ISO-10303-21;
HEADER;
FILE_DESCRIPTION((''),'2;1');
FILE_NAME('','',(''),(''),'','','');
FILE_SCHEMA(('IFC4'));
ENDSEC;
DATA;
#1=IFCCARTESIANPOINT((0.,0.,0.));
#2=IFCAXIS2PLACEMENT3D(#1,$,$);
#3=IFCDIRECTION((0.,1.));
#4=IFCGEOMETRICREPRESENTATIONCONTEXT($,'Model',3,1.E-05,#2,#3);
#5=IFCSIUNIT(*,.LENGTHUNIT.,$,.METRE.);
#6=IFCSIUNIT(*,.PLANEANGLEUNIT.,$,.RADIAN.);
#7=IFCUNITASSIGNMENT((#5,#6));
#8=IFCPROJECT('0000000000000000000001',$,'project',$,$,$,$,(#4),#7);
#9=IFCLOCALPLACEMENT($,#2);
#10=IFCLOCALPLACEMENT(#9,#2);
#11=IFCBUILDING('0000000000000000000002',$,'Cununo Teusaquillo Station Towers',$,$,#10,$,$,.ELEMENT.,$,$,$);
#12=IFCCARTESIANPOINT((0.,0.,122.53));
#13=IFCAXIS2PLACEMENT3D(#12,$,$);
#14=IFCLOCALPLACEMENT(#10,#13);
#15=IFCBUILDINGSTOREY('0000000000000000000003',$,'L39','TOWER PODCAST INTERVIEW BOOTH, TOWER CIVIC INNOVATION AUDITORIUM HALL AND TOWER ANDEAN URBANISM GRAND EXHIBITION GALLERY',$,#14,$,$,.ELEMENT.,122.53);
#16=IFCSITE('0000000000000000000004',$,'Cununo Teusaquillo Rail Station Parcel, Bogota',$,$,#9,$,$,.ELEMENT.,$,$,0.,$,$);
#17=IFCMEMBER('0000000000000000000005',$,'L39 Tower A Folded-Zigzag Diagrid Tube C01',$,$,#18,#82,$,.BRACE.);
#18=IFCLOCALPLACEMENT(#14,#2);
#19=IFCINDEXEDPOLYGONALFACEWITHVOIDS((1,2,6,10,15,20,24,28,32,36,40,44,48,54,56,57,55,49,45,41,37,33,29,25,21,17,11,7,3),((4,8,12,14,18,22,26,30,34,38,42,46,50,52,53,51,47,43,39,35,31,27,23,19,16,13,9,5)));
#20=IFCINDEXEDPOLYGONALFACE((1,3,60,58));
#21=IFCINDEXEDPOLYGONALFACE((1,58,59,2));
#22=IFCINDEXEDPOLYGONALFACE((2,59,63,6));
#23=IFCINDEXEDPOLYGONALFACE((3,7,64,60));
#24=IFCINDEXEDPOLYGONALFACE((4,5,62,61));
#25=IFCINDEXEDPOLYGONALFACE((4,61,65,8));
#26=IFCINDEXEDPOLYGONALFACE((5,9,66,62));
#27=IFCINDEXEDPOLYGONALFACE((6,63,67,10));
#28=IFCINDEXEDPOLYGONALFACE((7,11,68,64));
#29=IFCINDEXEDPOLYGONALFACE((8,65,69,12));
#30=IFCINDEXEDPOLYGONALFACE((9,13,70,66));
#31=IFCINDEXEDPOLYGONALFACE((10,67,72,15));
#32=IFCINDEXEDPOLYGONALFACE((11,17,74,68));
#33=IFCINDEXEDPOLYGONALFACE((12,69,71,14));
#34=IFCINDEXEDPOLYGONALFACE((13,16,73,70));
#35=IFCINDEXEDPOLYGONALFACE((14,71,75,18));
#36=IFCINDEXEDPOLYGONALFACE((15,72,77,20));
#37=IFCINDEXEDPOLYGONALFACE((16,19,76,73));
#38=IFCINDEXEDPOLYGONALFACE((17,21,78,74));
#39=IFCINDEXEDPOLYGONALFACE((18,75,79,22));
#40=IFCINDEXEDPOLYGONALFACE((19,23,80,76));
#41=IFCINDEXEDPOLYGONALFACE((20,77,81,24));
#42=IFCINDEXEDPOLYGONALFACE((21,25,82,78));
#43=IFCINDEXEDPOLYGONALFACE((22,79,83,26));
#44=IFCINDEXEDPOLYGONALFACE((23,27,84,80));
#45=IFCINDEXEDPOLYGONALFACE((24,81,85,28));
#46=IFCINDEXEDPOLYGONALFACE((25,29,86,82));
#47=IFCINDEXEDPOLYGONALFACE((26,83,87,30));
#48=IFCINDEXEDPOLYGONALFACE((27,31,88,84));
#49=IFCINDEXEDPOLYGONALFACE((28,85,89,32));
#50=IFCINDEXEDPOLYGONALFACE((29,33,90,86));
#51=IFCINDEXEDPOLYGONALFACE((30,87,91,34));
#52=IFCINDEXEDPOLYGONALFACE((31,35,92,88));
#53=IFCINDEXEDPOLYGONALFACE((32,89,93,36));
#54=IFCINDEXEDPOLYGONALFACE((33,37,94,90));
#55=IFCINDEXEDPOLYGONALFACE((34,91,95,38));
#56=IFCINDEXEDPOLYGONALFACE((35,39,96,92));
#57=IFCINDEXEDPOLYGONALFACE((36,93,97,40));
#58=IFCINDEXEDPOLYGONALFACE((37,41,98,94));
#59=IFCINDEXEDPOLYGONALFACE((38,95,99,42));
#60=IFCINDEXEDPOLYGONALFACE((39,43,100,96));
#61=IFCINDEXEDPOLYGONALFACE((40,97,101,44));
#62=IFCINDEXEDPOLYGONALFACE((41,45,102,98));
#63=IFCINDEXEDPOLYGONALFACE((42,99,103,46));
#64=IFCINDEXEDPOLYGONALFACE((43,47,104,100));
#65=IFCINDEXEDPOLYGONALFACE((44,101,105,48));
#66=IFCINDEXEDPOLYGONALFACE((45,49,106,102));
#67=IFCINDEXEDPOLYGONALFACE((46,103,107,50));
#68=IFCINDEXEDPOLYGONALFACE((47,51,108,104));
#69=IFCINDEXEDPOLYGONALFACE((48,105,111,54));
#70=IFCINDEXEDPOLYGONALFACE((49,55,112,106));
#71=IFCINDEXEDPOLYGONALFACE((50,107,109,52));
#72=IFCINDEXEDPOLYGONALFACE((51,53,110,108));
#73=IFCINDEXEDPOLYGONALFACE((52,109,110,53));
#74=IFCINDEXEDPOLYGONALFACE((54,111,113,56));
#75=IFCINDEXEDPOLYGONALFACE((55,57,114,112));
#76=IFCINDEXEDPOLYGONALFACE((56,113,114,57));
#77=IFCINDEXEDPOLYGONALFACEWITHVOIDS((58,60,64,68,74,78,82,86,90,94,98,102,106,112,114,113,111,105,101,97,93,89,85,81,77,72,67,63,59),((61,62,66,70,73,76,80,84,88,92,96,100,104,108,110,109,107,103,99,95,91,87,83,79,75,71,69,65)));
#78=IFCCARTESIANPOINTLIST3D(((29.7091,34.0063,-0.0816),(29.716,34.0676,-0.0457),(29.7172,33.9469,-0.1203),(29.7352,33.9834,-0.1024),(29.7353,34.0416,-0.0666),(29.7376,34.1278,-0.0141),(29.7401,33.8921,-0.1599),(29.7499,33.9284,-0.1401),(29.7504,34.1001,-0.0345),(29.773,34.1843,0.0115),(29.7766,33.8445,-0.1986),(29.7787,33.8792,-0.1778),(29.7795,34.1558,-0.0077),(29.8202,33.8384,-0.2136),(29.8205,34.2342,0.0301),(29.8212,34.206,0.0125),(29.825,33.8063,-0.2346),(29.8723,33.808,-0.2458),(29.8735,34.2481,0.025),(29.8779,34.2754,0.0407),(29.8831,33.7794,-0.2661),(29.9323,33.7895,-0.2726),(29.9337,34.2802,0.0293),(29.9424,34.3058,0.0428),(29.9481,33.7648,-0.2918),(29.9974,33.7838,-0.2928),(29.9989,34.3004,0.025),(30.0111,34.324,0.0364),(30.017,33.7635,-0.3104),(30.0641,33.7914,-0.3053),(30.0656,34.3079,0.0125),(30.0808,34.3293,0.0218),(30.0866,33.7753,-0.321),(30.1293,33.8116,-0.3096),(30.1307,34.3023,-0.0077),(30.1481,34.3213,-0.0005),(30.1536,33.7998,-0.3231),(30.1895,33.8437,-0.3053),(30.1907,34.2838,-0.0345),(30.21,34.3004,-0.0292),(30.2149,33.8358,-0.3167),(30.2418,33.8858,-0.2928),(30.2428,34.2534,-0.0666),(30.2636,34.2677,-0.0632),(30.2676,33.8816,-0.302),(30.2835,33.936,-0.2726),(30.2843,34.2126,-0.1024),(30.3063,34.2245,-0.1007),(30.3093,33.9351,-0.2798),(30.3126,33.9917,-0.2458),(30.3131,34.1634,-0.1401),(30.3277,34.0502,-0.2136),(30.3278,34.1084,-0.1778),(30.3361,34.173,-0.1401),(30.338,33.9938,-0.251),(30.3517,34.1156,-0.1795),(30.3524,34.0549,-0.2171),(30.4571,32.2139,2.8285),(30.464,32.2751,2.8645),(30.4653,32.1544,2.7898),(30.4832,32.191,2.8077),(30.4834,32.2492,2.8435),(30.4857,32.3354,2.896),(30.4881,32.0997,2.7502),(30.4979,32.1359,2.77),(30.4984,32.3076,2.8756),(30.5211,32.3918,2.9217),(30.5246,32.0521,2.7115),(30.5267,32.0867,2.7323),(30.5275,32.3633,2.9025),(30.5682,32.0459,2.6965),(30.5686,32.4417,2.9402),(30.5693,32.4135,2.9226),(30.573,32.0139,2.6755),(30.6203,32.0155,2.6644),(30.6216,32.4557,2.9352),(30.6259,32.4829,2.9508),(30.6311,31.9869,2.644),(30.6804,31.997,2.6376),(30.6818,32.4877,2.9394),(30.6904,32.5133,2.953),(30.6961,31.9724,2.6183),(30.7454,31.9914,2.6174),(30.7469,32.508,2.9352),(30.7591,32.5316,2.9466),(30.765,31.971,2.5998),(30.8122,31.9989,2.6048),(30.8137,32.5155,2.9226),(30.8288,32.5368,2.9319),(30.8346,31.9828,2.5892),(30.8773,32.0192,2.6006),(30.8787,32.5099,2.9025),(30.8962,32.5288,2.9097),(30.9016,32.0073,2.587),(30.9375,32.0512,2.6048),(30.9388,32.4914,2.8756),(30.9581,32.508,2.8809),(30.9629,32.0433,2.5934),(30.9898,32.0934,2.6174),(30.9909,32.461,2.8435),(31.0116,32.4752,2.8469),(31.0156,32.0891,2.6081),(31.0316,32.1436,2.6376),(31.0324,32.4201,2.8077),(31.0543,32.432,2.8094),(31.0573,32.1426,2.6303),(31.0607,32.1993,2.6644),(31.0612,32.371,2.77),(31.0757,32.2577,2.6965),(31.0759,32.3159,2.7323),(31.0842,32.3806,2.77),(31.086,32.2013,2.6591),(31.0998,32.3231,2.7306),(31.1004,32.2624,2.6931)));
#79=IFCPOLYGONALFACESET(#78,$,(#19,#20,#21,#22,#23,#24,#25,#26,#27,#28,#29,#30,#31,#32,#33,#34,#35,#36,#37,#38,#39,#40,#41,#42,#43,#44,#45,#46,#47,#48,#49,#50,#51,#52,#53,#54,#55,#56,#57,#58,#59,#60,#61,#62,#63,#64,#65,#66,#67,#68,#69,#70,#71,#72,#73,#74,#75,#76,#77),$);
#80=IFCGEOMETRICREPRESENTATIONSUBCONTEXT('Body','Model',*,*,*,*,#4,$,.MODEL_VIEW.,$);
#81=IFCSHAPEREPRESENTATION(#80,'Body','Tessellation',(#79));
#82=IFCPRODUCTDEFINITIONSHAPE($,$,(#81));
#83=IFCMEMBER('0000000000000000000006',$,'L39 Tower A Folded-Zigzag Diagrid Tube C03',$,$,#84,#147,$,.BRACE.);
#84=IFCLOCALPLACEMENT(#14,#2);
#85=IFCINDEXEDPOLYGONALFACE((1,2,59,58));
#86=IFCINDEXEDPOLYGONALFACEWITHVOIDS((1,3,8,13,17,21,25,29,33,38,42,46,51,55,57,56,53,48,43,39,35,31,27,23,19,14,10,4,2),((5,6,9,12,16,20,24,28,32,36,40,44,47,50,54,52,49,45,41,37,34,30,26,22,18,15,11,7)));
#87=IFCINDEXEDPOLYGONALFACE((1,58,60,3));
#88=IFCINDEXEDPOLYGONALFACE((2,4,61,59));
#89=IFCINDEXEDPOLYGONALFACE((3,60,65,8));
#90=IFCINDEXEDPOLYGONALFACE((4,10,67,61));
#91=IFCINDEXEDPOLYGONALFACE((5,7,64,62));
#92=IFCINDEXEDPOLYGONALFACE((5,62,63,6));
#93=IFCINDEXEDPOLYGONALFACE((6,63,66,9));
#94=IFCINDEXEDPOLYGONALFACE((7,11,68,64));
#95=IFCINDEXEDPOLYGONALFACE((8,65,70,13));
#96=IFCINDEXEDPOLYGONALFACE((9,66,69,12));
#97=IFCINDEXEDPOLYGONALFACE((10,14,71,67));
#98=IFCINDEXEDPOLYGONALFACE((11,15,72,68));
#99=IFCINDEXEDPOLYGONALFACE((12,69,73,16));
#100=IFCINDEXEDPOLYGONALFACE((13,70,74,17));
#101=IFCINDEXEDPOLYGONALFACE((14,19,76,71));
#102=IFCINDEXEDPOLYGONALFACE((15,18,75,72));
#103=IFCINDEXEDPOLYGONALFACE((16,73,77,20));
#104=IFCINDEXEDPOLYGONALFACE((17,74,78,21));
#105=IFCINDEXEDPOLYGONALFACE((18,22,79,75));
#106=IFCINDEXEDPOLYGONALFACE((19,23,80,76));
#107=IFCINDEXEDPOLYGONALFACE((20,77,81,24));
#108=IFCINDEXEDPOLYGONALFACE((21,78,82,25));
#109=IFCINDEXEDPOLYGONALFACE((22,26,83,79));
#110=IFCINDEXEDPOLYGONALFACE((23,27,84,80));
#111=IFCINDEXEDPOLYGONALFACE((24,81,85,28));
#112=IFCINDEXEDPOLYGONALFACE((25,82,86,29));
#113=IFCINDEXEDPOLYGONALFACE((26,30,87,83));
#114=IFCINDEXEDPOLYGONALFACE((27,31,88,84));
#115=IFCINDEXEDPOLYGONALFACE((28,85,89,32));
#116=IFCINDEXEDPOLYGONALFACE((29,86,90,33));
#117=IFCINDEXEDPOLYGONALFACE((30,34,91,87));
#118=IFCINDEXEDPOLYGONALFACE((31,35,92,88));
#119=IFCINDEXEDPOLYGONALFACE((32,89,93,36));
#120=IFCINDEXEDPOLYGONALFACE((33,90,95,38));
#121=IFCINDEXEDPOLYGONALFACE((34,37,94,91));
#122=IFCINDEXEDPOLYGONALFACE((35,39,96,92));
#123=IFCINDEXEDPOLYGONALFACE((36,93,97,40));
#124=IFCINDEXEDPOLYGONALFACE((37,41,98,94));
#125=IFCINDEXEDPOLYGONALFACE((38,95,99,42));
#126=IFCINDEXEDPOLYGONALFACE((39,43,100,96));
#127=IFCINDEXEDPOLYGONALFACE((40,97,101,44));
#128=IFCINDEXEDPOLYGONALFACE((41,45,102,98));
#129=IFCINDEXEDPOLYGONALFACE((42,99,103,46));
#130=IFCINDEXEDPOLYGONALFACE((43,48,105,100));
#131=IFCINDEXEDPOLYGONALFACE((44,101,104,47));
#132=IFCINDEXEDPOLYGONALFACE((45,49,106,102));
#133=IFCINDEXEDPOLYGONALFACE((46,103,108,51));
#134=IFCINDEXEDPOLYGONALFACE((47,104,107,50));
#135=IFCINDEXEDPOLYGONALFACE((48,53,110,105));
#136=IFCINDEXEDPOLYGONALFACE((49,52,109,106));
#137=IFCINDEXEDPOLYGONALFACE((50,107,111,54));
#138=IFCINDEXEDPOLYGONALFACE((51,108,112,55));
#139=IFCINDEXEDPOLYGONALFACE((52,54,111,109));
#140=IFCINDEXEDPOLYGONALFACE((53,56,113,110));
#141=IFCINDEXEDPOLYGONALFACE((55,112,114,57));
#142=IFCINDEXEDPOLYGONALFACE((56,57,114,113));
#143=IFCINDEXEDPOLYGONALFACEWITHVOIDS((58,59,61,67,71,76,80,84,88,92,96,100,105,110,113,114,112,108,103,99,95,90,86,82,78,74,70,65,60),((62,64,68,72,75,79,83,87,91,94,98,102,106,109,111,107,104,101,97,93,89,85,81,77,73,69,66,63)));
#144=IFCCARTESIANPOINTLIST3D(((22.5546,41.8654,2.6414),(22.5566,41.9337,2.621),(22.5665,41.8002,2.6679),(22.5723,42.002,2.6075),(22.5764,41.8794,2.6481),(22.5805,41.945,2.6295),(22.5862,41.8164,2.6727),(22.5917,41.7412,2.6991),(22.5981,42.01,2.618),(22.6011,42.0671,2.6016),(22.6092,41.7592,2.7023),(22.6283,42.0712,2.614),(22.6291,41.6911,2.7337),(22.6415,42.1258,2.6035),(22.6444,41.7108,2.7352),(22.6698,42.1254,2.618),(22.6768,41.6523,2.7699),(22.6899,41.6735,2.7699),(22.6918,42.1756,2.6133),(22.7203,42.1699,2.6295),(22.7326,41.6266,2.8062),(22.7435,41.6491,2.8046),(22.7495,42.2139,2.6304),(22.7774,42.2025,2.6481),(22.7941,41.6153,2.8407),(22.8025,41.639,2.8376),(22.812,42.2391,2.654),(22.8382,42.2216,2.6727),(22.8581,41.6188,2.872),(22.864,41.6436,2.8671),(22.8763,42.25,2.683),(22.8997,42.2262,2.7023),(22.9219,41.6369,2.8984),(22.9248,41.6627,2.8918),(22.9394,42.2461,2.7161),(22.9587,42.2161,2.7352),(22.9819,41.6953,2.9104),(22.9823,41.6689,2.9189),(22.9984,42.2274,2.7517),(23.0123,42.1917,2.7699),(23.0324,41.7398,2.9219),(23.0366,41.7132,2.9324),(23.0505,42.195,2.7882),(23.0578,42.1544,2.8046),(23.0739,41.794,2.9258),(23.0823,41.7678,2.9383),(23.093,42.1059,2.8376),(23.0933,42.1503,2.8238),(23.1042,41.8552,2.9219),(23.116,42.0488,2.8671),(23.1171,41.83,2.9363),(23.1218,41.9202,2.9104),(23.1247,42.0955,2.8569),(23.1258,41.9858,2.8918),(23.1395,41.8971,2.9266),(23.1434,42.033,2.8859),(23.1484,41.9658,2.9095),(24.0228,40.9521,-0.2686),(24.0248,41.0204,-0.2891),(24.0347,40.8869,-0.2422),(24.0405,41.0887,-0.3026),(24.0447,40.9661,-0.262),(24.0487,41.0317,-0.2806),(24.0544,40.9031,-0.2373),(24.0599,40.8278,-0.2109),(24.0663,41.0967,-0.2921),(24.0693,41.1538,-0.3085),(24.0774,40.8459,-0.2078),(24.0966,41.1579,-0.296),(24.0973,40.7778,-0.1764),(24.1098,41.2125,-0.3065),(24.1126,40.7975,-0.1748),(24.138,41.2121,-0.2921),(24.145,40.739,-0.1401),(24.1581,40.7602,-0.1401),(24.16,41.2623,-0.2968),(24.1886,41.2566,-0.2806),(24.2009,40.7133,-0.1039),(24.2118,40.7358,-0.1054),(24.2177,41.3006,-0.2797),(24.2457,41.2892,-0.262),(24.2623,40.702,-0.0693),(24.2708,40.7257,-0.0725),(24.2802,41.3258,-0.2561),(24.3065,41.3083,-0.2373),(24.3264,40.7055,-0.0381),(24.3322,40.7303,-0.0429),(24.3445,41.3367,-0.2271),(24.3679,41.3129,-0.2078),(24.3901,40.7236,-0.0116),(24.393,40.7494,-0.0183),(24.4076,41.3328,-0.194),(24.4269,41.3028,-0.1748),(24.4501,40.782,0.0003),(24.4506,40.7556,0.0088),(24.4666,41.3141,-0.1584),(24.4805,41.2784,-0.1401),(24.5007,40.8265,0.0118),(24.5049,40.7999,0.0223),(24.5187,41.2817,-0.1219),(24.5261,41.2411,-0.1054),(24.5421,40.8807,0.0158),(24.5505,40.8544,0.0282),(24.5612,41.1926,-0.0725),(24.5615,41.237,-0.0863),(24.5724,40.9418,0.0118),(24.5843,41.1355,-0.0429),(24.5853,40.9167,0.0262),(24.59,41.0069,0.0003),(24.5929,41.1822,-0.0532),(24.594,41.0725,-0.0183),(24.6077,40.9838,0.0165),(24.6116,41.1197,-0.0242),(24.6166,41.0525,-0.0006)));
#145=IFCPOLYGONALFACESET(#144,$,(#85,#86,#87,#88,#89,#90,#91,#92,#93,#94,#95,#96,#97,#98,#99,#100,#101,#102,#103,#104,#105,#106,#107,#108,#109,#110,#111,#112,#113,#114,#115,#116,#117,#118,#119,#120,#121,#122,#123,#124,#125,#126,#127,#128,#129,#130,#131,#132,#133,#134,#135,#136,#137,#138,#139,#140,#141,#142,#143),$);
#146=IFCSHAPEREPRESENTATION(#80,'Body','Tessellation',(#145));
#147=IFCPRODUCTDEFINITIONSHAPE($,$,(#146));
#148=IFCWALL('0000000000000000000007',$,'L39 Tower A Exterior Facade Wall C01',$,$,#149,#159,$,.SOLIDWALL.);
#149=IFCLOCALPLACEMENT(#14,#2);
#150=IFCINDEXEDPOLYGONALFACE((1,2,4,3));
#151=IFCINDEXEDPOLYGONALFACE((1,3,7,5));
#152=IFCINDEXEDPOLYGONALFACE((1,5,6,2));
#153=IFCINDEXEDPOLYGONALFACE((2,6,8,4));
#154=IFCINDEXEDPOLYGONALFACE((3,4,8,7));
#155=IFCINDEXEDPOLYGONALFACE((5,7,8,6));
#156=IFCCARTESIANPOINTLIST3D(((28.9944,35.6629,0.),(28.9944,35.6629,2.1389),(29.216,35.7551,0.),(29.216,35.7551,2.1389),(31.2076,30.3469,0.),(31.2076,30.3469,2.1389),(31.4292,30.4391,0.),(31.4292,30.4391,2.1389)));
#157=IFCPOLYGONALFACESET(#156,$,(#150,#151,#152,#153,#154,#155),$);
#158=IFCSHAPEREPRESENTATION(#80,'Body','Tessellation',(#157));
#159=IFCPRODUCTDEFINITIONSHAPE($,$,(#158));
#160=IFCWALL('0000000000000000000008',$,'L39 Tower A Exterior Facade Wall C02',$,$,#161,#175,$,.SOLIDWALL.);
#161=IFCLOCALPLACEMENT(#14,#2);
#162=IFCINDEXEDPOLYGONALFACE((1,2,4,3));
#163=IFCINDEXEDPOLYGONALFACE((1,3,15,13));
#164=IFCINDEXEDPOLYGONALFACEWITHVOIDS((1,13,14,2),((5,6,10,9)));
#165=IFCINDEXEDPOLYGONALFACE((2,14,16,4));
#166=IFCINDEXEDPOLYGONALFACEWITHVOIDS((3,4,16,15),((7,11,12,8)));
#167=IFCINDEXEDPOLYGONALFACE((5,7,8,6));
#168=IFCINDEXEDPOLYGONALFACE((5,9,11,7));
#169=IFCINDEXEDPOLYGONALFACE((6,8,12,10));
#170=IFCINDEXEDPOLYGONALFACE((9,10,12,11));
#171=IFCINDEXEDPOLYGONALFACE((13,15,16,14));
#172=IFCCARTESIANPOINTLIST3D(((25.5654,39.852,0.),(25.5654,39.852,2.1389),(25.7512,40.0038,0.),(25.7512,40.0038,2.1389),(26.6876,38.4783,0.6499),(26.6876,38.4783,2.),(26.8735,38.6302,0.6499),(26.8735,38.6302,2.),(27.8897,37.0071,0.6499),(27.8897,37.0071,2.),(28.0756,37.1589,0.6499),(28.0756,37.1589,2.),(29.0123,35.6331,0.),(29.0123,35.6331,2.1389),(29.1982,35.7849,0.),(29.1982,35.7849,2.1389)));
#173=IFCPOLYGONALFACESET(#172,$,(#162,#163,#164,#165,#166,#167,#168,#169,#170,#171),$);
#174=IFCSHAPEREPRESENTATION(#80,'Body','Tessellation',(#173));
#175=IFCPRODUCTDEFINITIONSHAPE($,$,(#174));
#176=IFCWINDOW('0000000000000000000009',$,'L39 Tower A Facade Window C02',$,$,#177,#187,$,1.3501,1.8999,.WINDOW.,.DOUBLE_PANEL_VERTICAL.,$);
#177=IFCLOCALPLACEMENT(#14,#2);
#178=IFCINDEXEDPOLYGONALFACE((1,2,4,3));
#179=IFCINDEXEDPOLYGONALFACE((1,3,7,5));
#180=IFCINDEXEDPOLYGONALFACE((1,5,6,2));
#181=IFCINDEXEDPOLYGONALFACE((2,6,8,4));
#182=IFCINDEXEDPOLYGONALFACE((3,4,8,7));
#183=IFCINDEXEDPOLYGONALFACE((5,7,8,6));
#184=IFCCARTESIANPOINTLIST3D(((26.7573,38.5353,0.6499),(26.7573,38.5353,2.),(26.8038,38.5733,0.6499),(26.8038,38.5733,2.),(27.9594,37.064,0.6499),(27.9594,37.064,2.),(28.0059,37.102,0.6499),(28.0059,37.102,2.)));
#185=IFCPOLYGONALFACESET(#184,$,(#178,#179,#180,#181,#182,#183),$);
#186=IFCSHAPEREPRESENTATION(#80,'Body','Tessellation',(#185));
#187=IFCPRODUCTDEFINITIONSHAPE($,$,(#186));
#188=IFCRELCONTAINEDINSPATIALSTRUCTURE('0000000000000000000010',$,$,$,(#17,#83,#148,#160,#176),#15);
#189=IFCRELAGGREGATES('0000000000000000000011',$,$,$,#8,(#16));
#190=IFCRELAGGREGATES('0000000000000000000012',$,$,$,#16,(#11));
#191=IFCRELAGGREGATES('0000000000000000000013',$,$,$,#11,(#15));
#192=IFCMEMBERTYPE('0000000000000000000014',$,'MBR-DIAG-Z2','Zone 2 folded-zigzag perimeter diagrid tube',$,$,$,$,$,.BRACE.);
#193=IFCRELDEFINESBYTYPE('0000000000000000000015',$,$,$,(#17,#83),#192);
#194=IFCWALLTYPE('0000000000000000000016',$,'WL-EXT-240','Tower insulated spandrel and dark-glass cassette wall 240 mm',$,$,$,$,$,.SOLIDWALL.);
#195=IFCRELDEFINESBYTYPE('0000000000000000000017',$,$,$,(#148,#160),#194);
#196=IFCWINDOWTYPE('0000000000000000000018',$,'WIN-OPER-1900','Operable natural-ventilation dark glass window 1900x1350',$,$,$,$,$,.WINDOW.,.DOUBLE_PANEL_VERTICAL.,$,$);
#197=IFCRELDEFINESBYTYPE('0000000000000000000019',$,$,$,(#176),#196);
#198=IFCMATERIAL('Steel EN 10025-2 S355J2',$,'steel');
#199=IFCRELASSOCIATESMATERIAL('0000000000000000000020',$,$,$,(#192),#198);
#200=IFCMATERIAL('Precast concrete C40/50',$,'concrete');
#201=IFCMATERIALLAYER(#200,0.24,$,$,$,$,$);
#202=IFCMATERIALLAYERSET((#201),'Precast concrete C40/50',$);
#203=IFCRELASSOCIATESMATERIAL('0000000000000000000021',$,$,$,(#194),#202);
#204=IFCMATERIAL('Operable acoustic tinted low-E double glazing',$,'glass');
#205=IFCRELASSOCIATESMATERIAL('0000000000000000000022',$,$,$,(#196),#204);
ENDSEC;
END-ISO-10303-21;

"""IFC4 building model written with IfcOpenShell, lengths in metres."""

from ifc_helpers import new_model, si_unit, direction, frame, frame_2d, origin, origin_2d, place, context, subcontext, project, spatial, rectangle, hollow_circle, extrude, source, transform, mapped, material, layer, layer_set, material_profile, profile_set, type_object, element, fill, save


model = new_model("IFC4")

# Units and contexts
model_context = context("Model", 3, precision=1e-05, world=origin(), true_north=direction((0.0, 1.0)))
body_context = subcontext(model_context, "Body", "Model", "MODEL_VIEW")
ifc_project = project(units=[si_unit("LENGTHUNIT", "METRE"), si_unit("PLANEANGLEUNIT", "RADIAN")], contexts=[model_context])

# Site, building, storey
site_placement = place(None, origin())
site = spatial("IfcSite", under=ifc_project, at=site_placement, Name="Cununo Teusaquillo Rail Station Parcel, Bogota", CompositionType="ELEMENT", RefElevation=0.0)
building_placement = place(site_placement, origin())
building = spatial("IfcBuilding", under=site, at=building_placement, Name="Cununo Teusaquillo Station Towers", CompositionType="ELEMENT")
storey_placement = place(building_placement, frame((0.0, 0.0, 122.53)))
storey = spatial("IfcBuildingStorey", under=building, at=storey_placement, Name="L39", Description="TOWER PODCAST INTERVIEW BOOTH, TOWER CIVIC INNOVATION AUDITORIUM HALL AND TOWER ANDEAN URBANISM GRAND EXHIBITION GALLERY", CompositionType="ELEMENT", Elevation=122.53)

# Members
ifc_material_1 = material(Name="Steel EN 10025-2 S355J2", Category="steel")
ifc_material_profile_1 = material_profile(ifc_material_1, hollow_circle(Radius=0.3301, WallThickness=0.0249, at=origin_2d()), Name="CHS 660x25")
ifc_profile_set_1 = profile_set([ifc_material_profile_1], Name="Steel EN 10025-2 S355J2")
member_type = type_object("IfcMemberType", Name="MBR-DIAG-Z2", Description="Zone 2 folded-zigzag perimeter diagrid tube", PredefinedType="BRACE", material=ifc_profile_set_1)
member_1_placement = place(storey_placement, frame((30.0315, 34.0459, -0.1401), z_axis=(0.213801, -0.512314, 0.831759), x_axis=(0.922861, 0.385133, 0.0)))
element("IfcMember", 1, at=member_1_placement, inside=storey, type_object=member_type, Name="L39 Tower A Folded-Zigzag Diagrid Tube C01", PredefinedType="BRACE", context=body_context, shape_type="SweptSolid", body=[
    extrude(hollow_circle(Radius=0.3301, WallThickness=0.0249, at=origin_2d()), origin(), (0.0, 0.0, 1.0), 3.4988),
])
member_2_placement = place(storey_placement, frame((24.3193, 41.0193, -0.1401), z_axis=(-0.433741, 0.269808, 0.859693), x_axis=(-0.528196, -0.849123, 0.0)))
element("IfcMember", 2, at=member_2_placement, inside=storey, type_object=member_type, Name="L39 Tower A Folded-Zigzag Diagrid Tube C03", PredefinedType="BRACE", context=body_context, shape_type="SweptSolid", body=[
    extrude(hollow_circle(Radius=0.3301, WallThickness=0.0249, at=origin_2d()), origin(), (0.0, 0.0, 1.0), 3.385),
])

# Wall
ifc_material_2 = material(Name="Precast concrete C40/50", Category="concrete")
ifc_layer_1 = layer(ifc_material_2, 0.24)
ifc_layer_set_1 = layer_set([ifc_layer_1], Name="Precast concrete C40/50")
wall_type_1 = type_object("IfcWallType", Name="WL-EXT-240", Description="Tower insulated spandrel and dark-glass cassette wall 240 mm", PredefinedType="SOLIDWALL", material=ifc_layer_set_1)
wall_1_placement = place(storey_placement, frame((29.1052, 35.709, 0.0), z_axis=(0.0, 0.0, 1.0), x_axis=(0.384344, -0.92319, 0.0)))
element("IfcWall", 3, at=wall_1_placement, inside=storey, type_object=wall_type_1, Name="L39 Tower A Exterior Facade Wall C01", PredefinedType="SOLIDWALL", context=body_context, shape_type="SweptSolid", body=[
    extrude(rectangle(XDim=5.7583, YDim=0.24, at=frame_2d((2.8792, 0.0))), origin(), (0.0, 0.0, 1.0), 2.1389),
])

# Wall, opening, window
wall_2_placement = place(storey_placement, frame((25.6582, 39.928, 0.0), z_axis=(0.0, 0.0, 1.0), x_axis=(0.632701, -0.774396, 0.0)))
wall_2 = element("IfcWall", 4, at=wall_2_placement, inside=storey, type_object=wall_type_1, Name="L39 Tower A Exterior Facade Wall C02", PredefinedType="SOLIDWALL", context=body_context, shape_type="SweptSolid", body=[
    extrude(rectangle(XDim=5.448, YDim=0.24, at=frame_2d((2.7241, 0.0))), origin(), (0.0, 0.0, 1.0), 2.1389),
])
shared_shape_1 = source(origin(), body_context, "Body", "SweptSolid", [
    extrude(rectangle(XDim=1.8999, YDim=1.3501, at=frame_2d((0.95, 0.675))), frame((0.0, 0.1299, 0.0), z_axis=(0.0, -1.0, 0.0), x_axis=(1.0, 0.0, 0.0)), (0.0, 0.0, 1.0), 0.26),
])
opening_1_placement = place(wall_2_placement, frame((1.7739, 0.0, 0.6499)))
opening_1 = element("IfcOpeningElement", 5, at=opening_1_placement, cuts=wall_2, PredefinedType="OPENING", context=body_context, shape_type="MappedRepresentation", body=[
    mapped(shared_shape_1, transform((0.0, 0.0, 0.0), x_axis=(1.0, 0.0, 0.0), y_axis=(0.0, 1.0, 0.0), z_axis=(0.0, 0.0, 1.0), scale=1.0)),
])
ifc_material_3 = material(Name="Operable acoustic tinted low-E double glazing", Category="glass")
window_type = type_object("IfcWindowType", Name="WIN-OPER-1900", Description="Operable natural-ventilation dark glass window 1900x1350", PartitioningType="DOUBLE_PANEL_VERTICAL", PredefinedType="WINDOW", material=ifc_material_3)
shared_shape_2 = source(origin(), body_context, "Body", "SweptSolid", [
    extrude(rectangle(XDim=1.8999, YDim=1.3501, at=frame_2d((0.95, 0.675))), frame((0.0, 0.03, 0.0), z_axis=(0.0, -1.0, 0.0), x_axis=(1.0, 0.0, 0.0)), (0.0, 0.0, 1.0), 0.0601),
])
window_placement = place(opening_1_placement, origin())
window = element("IfcWindow", 6, at=window_placement, inside=storey, type_object=window_type, Name="L39 Tower A Facade Window C02", OverallHeight=1.3501, OverallWidth=1.8999, PartitioningType="DOUBLE_PANEL_VERTICAL", PredefinedType="WINDOW", context=body_context, shape_type="MappedRepresentation", body=[
    mapped(shared_shape_2, transform((0.0, 0.0, 0.0), x_axis=(1.0, 0.0, 0.0), y_axis=(0.0, 1.0, 0.0), z_axis=(0.0, 0.0, 1.0), scale=1.0)),
])
fill(opening_1, window)

save(model, "model.ifc")
